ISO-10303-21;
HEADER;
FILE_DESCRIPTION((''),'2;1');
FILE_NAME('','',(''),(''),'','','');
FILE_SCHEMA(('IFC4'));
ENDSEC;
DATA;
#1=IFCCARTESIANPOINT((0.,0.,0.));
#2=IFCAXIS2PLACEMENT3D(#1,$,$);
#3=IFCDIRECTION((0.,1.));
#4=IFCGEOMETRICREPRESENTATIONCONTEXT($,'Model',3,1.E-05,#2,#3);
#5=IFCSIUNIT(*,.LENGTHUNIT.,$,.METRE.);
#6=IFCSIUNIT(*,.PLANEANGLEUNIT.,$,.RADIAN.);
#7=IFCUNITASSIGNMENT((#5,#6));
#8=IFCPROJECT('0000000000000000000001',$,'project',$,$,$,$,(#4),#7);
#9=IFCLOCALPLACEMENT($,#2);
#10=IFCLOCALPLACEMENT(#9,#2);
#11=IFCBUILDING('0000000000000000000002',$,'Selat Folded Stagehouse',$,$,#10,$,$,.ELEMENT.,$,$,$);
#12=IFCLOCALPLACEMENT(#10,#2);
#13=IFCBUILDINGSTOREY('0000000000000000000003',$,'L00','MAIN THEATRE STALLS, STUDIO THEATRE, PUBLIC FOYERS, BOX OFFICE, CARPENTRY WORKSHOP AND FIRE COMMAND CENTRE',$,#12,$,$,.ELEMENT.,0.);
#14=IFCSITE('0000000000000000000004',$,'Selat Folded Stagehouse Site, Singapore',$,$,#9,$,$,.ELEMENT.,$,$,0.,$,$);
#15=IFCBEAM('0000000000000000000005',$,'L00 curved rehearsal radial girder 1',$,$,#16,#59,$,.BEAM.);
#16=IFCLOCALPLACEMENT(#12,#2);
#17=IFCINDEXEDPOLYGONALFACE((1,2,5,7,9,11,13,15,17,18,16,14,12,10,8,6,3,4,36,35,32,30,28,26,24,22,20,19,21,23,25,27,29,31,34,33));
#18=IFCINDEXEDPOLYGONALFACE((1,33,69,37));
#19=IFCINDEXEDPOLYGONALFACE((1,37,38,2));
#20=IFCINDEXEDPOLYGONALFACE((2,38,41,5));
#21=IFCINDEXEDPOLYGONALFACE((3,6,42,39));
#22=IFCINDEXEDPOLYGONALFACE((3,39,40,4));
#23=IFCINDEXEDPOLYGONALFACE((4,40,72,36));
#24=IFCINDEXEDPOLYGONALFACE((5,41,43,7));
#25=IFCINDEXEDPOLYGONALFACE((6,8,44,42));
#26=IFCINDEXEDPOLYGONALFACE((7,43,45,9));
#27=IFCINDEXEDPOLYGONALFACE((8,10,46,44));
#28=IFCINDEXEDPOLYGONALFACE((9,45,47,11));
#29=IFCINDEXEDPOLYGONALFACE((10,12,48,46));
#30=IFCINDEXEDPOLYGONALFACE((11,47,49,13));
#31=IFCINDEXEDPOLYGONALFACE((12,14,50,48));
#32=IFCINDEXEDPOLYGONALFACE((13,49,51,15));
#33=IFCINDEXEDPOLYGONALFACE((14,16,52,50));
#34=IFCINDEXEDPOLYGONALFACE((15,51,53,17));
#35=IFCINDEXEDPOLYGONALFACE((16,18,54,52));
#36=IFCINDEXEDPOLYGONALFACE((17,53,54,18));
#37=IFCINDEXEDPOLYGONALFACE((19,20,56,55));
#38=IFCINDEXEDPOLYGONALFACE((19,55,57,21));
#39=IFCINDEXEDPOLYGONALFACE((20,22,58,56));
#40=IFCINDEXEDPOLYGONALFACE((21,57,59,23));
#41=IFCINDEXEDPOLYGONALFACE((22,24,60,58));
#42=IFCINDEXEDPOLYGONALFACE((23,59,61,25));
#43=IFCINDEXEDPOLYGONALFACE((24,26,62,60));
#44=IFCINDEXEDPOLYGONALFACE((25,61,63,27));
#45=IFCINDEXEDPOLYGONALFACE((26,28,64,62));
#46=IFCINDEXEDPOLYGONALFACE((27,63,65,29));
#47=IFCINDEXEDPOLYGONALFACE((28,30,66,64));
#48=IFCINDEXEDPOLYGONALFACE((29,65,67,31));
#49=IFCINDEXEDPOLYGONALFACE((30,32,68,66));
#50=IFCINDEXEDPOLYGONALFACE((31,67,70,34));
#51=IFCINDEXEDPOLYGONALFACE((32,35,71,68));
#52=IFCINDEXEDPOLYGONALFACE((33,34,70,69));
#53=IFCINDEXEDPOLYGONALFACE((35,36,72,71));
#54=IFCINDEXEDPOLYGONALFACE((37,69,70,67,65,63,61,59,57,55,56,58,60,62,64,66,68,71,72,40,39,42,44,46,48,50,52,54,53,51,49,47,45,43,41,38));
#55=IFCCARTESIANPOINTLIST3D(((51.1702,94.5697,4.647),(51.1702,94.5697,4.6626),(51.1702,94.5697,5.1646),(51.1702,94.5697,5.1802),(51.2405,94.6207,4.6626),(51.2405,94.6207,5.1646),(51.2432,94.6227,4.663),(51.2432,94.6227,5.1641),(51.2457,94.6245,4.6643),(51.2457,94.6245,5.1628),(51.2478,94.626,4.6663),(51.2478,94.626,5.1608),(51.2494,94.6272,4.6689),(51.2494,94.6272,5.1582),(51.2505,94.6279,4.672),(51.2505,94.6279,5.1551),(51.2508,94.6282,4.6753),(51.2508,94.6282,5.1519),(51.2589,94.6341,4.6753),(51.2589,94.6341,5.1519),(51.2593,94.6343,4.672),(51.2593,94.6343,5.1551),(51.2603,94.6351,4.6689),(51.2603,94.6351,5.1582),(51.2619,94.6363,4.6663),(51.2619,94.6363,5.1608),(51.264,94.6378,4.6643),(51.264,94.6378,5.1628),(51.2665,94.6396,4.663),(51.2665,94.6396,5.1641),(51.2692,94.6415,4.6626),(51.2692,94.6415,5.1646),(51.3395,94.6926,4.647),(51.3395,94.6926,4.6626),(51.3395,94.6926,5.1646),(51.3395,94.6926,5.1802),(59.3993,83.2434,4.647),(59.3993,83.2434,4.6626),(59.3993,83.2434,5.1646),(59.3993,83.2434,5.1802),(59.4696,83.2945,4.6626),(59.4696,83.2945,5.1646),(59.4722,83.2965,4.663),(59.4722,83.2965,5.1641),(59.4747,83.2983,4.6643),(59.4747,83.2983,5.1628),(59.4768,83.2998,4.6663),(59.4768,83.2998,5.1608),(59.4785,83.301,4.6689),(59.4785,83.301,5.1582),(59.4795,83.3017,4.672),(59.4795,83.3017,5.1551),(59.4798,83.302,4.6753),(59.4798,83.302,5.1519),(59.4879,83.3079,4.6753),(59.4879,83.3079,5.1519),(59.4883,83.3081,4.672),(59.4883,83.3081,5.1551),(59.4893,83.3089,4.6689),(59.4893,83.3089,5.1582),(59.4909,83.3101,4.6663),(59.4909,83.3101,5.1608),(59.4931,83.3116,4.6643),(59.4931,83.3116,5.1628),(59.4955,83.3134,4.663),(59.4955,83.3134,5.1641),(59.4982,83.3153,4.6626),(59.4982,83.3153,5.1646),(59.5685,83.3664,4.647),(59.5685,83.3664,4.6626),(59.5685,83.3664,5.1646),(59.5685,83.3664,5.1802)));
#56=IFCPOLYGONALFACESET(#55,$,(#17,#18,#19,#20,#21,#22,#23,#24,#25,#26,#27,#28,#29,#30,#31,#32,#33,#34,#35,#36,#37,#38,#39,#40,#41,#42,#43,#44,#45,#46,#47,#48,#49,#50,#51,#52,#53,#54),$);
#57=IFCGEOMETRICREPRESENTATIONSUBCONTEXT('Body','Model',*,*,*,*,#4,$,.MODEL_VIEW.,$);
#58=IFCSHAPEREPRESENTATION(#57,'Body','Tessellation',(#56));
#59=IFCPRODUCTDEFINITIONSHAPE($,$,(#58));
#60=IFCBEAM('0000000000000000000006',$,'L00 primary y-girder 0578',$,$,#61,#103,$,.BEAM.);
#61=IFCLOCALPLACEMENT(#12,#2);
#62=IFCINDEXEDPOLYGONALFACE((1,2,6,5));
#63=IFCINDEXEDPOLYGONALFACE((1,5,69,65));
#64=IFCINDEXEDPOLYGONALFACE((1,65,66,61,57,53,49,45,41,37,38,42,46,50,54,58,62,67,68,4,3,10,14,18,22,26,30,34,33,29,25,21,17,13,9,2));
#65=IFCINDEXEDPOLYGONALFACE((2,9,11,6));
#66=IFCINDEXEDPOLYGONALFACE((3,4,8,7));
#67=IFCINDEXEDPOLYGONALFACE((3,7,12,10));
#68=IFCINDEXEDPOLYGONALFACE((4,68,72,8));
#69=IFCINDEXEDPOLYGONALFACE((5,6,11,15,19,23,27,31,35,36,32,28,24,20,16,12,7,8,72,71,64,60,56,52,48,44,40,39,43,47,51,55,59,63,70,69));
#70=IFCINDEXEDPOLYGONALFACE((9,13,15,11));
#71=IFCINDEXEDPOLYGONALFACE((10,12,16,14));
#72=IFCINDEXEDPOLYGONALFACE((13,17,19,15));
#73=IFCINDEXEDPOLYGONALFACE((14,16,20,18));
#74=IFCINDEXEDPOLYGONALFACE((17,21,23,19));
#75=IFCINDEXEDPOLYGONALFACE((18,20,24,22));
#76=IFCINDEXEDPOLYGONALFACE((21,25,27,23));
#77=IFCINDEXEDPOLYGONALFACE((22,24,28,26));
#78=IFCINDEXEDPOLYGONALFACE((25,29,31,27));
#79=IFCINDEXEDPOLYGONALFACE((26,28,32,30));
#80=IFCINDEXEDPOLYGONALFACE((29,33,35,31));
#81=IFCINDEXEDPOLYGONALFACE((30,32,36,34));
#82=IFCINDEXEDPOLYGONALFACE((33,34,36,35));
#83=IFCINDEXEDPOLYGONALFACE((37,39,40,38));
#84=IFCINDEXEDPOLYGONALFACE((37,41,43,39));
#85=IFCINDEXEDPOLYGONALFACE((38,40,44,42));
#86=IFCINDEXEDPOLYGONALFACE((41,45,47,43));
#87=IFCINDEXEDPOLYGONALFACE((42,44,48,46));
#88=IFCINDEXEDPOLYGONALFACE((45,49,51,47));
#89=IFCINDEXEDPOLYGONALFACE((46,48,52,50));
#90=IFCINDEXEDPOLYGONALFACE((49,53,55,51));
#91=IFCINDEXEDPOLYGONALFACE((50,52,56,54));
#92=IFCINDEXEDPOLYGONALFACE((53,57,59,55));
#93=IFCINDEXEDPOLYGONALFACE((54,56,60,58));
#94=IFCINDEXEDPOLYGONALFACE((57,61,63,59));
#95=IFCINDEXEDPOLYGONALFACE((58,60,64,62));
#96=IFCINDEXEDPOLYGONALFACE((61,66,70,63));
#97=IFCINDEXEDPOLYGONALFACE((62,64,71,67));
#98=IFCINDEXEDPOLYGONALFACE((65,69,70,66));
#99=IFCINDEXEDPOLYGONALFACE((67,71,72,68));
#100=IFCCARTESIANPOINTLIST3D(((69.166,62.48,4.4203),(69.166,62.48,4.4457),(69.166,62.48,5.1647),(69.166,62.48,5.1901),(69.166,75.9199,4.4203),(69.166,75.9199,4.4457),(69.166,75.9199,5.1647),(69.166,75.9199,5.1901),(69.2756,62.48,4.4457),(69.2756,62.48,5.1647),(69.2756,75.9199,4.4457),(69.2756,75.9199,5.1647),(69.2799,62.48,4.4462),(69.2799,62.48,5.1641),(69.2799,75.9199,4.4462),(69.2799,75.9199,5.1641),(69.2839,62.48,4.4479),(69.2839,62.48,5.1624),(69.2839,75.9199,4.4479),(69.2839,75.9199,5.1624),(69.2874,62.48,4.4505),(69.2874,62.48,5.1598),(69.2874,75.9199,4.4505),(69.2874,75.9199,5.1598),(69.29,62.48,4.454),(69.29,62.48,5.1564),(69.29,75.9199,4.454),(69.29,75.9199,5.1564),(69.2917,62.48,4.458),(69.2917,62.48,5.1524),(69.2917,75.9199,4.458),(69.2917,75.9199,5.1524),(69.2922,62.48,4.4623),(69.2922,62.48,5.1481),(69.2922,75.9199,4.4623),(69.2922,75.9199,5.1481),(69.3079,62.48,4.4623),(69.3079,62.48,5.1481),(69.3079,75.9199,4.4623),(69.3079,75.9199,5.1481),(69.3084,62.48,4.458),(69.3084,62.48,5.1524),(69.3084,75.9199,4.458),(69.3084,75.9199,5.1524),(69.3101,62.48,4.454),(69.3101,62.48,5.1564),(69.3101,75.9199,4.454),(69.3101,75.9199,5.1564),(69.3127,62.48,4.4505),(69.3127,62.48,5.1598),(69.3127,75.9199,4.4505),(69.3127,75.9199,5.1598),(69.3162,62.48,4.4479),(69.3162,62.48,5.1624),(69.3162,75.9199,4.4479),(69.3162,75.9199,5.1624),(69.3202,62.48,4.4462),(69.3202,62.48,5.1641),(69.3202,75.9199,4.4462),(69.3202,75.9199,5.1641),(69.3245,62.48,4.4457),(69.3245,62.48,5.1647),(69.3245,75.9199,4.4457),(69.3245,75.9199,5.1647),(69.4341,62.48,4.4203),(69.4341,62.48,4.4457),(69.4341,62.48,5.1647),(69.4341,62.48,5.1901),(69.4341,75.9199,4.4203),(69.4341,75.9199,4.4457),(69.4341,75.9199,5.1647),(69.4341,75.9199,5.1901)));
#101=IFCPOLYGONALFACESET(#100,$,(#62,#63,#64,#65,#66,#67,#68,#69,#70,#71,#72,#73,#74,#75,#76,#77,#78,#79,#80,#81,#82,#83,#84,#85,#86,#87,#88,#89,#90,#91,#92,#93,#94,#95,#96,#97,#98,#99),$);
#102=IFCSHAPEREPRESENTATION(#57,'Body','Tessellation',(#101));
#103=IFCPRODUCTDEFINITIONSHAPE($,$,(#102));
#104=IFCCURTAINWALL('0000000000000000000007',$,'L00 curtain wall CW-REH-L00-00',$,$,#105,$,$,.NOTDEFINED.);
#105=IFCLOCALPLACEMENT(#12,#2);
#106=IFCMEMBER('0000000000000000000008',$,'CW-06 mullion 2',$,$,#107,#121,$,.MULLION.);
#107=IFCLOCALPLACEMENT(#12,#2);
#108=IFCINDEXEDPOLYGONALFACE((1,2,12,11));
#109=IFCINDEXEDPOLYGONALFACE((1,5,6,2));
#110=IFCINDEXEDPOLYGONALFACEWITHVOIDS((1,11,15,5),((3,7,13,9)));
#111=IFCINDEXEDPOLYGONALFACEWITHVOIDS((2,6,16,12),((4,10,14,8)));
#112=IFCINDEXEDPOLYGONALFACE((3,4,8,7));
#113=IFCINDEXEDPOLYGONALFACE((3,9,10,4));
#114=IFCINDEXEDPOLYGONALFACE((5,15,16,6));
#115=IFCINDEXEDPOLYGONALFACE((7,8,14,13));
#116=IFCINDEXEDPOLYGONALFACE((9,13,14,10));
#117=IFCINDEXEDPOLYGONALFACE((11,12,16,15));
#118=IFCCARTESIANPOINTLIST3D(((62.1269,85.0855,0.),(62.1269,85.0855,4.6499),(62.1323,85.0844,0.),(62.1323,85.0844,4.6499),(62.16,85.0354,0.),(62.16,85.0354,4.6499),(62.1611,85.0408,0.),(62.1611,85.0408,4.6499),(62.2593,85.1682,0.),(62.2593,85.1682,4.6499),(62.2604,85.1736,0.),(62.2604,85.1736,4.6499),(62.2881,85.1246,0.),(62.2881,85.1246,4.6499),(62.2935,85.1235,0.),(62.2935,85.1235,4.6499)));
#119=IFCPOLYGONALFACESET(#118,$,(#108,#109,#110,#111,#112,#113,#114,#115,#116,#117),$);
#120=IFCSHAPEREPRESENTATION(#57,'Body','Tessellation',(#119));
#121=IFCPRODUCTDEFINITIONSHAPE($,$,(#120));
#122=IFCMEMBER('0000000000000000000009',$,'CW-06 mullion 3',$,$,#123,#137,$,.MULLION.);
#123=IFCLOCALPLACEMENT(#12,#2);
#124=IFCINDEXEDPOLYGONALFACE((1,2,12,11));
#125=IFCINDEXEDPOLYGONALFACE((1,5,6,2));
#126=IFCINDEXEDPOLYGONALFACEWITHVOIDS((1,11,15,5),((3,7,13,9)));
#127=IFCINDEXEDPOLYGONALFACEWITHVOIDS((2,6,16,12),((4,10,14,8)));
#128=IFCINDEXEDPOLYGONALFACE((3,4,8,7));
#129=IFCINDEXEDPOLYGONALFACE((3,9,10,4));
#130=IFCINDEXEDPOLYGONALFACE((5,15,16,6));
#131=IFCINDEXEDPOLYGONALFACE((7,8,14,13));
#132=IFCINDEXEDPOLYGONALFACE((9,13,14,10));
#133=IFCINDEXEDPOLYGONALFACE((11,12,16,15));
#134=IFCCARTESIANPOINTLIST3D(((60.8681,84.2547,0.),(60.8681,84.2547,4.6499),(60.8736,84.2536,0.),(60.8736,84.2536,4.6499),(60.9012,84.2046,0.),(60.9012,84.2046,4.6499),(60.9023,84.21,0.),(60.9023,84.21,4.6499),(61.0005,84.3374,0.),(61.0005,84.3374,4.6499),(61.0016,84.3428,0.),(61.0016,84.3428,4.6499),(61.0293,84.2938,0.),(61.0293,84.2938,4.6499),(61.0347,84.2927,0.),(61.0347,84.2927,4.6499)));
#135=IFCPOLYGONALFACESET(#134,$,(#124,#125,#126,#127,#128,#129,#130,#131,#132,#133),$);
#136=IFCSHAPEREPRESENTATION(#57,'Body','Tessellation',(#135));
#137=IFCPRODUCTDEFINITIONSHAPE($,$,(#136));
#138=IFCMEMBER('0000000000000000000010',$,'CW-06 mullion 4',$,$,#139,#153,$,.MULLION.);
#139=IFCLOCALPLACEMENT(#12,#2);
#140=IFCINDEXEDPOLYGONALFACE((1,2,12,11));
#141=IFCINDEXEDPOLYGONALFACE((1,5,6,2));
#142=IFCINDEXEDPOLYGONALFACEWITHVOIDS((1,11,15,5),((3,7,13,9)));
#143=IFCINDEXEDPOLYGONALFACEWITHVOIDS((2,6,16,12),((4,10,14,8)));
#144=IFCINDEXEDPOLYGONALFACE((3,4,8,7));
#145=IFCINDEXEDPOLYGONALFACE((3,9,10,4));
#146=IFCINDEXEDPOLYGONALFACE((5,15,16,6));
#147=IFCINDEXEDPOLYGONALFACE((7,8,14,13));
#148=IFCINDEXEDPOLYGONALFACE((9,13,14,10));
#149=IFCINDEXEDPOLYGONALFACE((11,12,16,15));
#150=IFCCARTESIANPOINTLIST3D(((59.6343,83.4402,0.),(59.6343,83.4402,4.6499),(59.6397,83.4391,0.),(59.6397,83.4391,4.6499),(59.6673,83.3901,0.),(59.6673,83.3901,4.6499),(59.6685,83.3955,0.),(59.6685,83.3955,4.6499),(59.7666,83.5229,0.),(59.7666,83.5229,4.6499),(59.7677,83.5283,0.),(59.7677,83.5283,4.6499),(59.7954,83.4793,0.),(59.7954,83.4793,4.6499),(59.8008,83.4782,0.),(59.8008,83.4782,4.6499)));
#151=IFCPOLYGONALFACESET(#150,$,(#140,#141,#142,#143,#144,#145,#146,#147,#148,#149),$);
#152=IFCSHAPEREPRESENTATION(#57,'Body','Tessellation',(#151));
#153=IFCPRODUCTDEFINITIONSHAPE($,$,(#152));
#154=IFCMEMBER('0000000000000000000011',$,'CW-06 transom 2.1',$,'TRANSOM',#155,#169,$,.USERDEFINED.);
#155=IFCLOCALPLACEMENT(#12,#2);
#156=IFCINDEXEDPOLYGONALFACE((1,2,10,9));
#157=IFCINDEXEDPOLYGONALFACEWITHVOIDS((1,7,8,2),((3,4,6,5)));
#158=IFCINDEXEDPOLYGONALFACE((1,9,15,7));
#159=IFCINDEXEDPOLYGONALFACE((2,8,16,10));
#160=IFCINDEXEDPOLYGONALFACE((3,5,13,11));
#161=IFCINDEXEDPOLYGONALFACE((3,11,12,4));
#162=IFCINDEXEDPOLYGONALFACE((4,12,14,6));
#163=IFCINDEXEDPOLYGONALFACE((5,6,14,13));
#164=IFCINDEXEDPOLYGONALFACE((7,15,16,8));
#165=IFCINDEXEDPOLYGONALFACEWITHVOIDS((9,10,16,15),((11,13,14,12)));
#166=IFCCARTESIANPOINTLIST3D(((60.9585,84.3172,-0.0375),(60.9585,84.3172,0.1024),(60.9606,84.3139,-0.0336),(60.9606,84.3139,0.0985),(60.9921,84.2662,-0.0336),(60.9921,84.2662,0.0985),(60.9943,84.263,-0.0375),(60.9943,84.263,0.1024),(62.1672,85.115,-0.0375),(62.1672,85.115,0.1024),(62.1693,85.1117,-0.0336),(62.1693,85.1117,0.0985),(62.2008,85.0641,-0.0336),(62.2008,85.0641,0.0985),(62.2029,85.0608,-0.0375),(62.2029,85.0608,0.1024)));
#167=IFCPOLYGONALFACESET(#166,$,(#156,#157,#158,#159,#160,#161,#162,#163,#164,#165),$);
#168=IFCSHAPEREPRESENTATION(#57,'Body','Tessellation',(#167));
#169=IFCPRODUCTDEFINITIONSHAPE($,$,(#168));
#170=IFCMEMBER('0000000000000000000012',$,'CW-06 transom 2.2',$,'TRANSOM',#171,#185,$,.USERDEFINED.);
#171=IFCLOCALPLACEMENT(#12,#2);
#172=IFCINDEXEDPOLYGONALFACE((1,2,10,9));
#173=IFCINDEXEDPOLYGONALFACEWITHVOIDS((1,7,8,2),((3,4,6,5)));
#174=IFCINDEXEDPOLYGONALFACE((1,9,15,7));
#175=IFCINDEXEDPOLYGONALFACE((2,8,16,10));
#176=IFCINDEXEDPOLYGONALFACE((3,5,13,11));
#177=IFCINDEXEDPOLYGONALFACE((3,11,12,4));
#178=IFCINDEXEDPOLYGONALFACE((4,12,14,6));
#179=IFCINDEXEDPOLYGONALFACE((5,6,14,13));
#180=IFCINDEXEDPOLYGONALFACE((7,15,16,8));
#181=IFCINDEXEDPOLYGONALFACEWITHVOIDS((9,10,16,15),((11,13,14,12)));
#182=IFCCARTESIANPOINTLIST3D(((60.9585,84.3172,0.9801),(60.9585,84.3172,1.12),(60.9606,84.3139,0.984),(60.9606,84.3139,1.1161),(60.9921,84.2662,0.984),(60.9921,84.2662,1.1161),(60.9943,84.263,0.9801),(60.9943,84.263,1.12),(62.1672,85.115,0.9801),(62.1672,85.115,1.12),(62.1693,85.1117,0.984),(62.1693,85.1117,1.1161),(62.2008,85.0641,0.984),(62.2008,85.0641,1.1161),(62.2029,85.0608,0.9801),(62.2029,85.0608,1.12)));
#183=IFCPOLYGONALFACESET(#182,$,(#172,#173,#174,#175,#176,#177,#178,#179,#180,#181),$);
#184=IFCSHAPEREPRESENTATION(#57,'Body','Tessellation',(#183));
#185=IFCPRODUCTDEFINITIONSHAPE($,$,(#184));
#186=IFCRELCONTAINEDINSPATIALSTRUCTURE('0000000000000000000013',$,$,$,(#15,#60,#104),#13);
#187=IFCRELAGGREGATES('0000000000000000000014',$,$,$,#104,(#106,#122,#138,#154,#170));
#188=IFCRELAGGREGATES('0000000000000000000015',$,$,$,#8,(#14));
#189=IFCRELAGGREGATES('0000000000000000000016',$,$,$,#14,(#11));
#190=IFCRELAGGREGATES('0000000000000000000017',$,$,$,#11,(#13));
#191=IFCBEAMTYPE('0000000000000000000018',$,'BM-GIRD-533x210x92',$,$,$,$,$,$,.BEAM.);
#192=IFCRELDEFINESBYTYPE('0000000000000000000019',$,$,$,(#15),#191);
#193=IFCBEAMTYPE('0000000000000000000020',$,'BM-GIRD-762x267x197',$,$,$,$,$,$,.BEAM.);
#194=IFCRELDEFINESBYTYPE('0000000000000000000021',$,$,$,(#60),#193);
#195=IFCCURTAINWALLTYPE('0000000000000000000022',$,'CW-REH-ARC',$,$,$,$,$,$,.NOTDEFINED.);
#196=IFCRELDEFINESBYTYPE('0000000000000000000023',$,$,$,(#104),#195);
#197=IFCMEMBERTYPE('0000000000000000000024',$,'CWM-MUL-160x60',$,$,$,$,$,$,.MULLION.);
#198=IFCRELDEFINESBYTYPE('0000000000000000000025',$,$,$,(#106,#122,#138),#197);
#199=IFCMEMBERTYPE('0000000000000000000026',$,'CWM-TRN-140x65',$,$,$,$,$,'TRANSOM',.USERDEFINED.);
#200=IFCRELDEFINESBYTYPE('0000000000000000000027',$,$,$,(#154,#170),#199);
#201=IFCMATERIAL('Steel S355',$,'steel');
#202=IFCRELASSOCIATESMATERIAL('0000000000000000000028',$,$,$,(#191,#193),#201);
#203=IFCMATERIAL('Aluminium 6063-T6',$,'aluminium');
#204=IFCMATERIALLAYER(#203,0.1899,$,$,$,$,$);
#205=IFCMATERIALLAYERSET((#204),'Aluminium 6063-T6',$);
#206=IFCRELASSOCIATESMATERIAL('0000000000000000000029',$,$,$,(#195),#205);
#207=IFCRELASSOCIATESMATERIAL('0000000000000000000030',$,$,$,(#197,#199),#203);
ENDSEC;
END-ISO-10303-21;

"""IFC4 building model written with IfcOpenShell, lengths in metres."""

from ifc_helpers import new_model, si_unit, direction, frame, origin, origin_2d, place, context, subcontext, project, spatial, hollow_rectangle, i_section, extrude, material, layer, layer_set, material_profile, profile_set, type_object, element, aggregate, save


model = new_model("IFC4")

# Units and contexts
model_context = context("Model", 3, precision=1e-05, world=origin(), true_north=direction((0.0, 1.0)))
body_context = subcontext(model_context, "Body", "Model", "MODEL_VIEW")
ifc_project = project(units=[si_unit("LENGTHUNIT", "METRE"), si_unit("PLANEANGLEUNIT", "RADIAN")], contexts=[model_context])

# Site, building, storey
site_placement = place(None, origin())
site = spatial("IfcSite", under=ifc_project, at=site_placement, Name="Selat Folded Stagehouse Site, Singapore", CompositionType="ELEMENT", RefElevation=0.0)
building_placement = place(site_placement, origin())
building = spatial("IfcBuilding", under=site, at=building_placement, Name="Selat Folded Stagehouse", CompositionType="ELEMENT")
storey_placement = place(building_placement, origin())
storey = spatial("IfcBuildingStorey", under=building, at=storey_placement, Name="L00", Description="MAIN THEATRE STALLS, STUDIO THEATRE, PUBLIC FOYERS, BOX OFFICE, CARPENTRY WORKSHOP AND FIRE COMMAND CENTRE", CompositionType="ELEMENT", Elevation=0.0)

# Shared definitions
ifc_material_1 = material(Name="Steel S355", Category="steel")

# Beams
ifc_material_profile_1 = material_profile(ifc_material_1, i_section(OverallWidth=0.2092, OverallDepth=0.5332, WebThickness=0.01, FlangeThickness=0.0156, FilletRadius=0.0127, at=origin_2d()), Name="UKB 533x210x92")
ifc_profile_set_1 = profile_set([ifc_material_profile_1], Name="Steel S355")
beam_type_1 = type_object("IfcBeamType", Name="BM-GIRD-533x210x92", PredefinedType="BEAM", material=ifc_profile_set_1)
beam_1_placement = place(storey_placement, frame((59.4839, 83.3049, 4.9136), z_axis=(-0.587788, 0.809015, 0.0), x_axis=(-0.809015, -0.587788, 0.0)))
element("IfcBeam", 1, at=beam_1_placement, inside=storey, type_object=beam_type_1, Name="L00 curved rehearsal radial girder 1", PredefinedType="BEAM", context=body_context, shape_type="SweptSolid", body=[
    extrude(i_section(OverallWidth=0.2092, OverallDepth=0.5332, WebThickness=0.01, FlangeThickness=0.0156, FilletRadius=0.0127, at=origin_2d()), origin(), (0.0, 0.0, 1.0), 14.0),
])
ifc_material_profile_2 = material_profile(ifc_material_1, i_section(OverallWidth=0.2681, OverallDepth=0.7698, WebThickness=0.0156, FlangeThickness=0.0254, FilletRadius=0.0166, at=origin_2d()), Name="UKB 762x267x197")
ifc_profile_set_2 = profile_set([ifc_material_profile_2], Name="Steel S355")
beam_type_2 = type_object("IfcBeamType", Name="BM-GIRD-762x267x197", PredefinedType="BEAM", material=ifc_profile_set_2)
beam_2_placement = place(storey_placement, frame((69.3, 62.48, 4.8052), z_axis=(0.0, 1.0, 0.0), x_axis=(-1.0, 0.0, 0.0)))
element("IfcBeam", 2, at=beam_2_placement, inside=storey, type_object=beam_type_2, Name="L00 primary y-girder 0578", PredefinedType="BEAM", context=body_context, shape_type="SweptSolid", body=[
    extrude(i_section(OverallWidth=0.2681, OverallDepth=0.7698, WebThickness=0.0156, FlangeThickness=0.0254, FilletRadius=0.0166, at=origin_2d()), origin(), (0.0, 0.0, 1.0), 13.4399),
])

# Curtain wall, members
ifc_material_2 = material(Name="Aluminium 6063-T6", Category="aluminium")
ifc_layer_1 = layer(ifc_material_2, 0.1899)
ifc_layer_set_1 = layer_set([ifc_layer_1], Name="Aluminium 6063-T6")
curtain_wall_type = type_object("IfcCurtainWallType", Name="CW-REH-ARC", PredefinedType="NOTDEFINED", material=ifc_layer_set_1)
curtain_wall_placement = place(storey_placement, origin())
curtain_wall = element("IfcCurtainWall", 3, at=curtain_wall_placement, inside=storey, type_object=curtain_wall_type, Name="L00 curtain wall CW-REH-L00-00", PredefinedType="NOTDEFINED")
ifc_material_profile_3 = material_profile(ifc_material_2, hollow_rectangle(XDim=0.0601, YDim=0.1599, WallThickness=0.0039, at=origin_2d()), Name="ALU 160x60x4.0")
ifc_profile_set_3 = profile_set([ifc_material_profile_3], Name="Aluminium 6063-T6")
member_type_1 = type_object("IfcMemberType", Name="CWM-MUL-160x60", PredefinedType="MULLION", material=ifc_profile_set_3)
member_1_placement = place(storey_placement, frame((62.2102, 85.1045, 0.0), z_axis=(0.0, 0.0, 1.0), x_axis=(0.550885, -0.834581, 0.0)))
member_1 = element("IfcMember", 4, at=member_1_placement, type_object=member_type_1, Name="CW-06 mullion 2", PredefinedType="MULLION", context=body_context, shape_type="SweptSolid", body=[
    extrude(hollow_rectangle(XDim=0.0601, YDim=0.1599, WallThickness=0.0039, at=origin_2d()), origin(), (0.0, 0.0, 1.0), 4.6499),
])
member_2_placement = place(storey_placement, frame((60.9514, 84.2737, 0.0), z_axis=(0.0, 0.0, 1.0), x_axis=(0.550885, -0.834581, 0.0)))
member_2 = element("IfcMember", 5, at=member_2_placement, type_object=member_type_1, Name="CW-06 mullion 3", PredefinedType="MULLION", context=body_context, shape_type="SweptSolid", body=[
    extrude(hollow_rectangle(XDim=0.0601, YDim=0.1599, WallThickness=0.0039, at=origin_2d()), origin(), (0.0, 0.0, 1.0), 4.6499),
])
member_3_placement = place(storey_placement, frame((59.7175, 83.4592, 0.0), z_axis=(0.0, 0.0, 1.0), x_axis=(0.550885, -0.834581, 0.0)))
member_3 = element("IfcMember", 6, at=member_3_placement, type_object=member_type_1, Name="CW-06 mullion 4", PredefinedType="MULLION", context=body_context, shape_type="SweptSolid", body=[
    extrude(hollow_rectangle(XDim=0.0601, YDim=0.1599, WallThickness=0.0039, at=origin_2d()), origin(), (0.0, 0.0, 1.0), 4.6499),
])
ifc_material_profile_4 = material_profile(ifc_material_2, hollow_rectangle(XDim=0.0649, YDim=0.1399, WallThickness=0.0039, at=origin_2d()), Name="ALU 140x65x4.0")
ifc_profile_set_4 = profile_set([ifc_material_profile_4], Name="Aluminium 6063-T6")
member_type_2 = type_object("IfcMemberType", Name="CWM-TRN-140x65", ElementType="TRANSOM", PredefinedType="USERDEFINED", material=ifc_profile_set_4)
member_4_placement = place(storey_placement, frame((62.1851, 85.0879, 0.0325), z_axis=(-0.834583, -0.550882, 0.0), x_axis=(0.550882, -0.834583, 0.0)))
member_4 = element("IfcMember", 7, at=member_4_placement, type_object=member_type_2, Name="CW-06 transom 2.1", ObjectType="TRANSOM", PredefinedType="USERDEFINED", context=body_context, shape_type="SweptSolid", body=[
    extrude(hollow_rectangle(XDim=0.0649, YDim=0.1399, WallThickness=0.0039, at=origin_2d()), origin(), (0.0, 0.0, 1.0), 1.4482),
])
member_5_placement = place(storey_placement, frame((62.1851, 85.0879, 1.05), z_axis=(-0.834583, -0.550882, 0.0), x_axis=(0.550882, -0.834583, 0.0)))
member_5 = element("IfcMember", 8, at=member_5_placement, type_object=member_type_2, Name="CW-06 transom 2.2", ObjectType="TRANSOM", PredefinedType="USERDEFINED", context=body_context, shape_type="SweptSolid", body=[
    extrude(hollow_rectangle(XDim=0.0649, YDim=0.1399, WallThickness=0.0039, at=origin_2d()), origin(), (0.0, 0.0, 1.0), 1.4482),
])

aggregate(curtain_wall, [member_1, member_2, member_3, member_4, member_5])

save(model, "model.ifc")
